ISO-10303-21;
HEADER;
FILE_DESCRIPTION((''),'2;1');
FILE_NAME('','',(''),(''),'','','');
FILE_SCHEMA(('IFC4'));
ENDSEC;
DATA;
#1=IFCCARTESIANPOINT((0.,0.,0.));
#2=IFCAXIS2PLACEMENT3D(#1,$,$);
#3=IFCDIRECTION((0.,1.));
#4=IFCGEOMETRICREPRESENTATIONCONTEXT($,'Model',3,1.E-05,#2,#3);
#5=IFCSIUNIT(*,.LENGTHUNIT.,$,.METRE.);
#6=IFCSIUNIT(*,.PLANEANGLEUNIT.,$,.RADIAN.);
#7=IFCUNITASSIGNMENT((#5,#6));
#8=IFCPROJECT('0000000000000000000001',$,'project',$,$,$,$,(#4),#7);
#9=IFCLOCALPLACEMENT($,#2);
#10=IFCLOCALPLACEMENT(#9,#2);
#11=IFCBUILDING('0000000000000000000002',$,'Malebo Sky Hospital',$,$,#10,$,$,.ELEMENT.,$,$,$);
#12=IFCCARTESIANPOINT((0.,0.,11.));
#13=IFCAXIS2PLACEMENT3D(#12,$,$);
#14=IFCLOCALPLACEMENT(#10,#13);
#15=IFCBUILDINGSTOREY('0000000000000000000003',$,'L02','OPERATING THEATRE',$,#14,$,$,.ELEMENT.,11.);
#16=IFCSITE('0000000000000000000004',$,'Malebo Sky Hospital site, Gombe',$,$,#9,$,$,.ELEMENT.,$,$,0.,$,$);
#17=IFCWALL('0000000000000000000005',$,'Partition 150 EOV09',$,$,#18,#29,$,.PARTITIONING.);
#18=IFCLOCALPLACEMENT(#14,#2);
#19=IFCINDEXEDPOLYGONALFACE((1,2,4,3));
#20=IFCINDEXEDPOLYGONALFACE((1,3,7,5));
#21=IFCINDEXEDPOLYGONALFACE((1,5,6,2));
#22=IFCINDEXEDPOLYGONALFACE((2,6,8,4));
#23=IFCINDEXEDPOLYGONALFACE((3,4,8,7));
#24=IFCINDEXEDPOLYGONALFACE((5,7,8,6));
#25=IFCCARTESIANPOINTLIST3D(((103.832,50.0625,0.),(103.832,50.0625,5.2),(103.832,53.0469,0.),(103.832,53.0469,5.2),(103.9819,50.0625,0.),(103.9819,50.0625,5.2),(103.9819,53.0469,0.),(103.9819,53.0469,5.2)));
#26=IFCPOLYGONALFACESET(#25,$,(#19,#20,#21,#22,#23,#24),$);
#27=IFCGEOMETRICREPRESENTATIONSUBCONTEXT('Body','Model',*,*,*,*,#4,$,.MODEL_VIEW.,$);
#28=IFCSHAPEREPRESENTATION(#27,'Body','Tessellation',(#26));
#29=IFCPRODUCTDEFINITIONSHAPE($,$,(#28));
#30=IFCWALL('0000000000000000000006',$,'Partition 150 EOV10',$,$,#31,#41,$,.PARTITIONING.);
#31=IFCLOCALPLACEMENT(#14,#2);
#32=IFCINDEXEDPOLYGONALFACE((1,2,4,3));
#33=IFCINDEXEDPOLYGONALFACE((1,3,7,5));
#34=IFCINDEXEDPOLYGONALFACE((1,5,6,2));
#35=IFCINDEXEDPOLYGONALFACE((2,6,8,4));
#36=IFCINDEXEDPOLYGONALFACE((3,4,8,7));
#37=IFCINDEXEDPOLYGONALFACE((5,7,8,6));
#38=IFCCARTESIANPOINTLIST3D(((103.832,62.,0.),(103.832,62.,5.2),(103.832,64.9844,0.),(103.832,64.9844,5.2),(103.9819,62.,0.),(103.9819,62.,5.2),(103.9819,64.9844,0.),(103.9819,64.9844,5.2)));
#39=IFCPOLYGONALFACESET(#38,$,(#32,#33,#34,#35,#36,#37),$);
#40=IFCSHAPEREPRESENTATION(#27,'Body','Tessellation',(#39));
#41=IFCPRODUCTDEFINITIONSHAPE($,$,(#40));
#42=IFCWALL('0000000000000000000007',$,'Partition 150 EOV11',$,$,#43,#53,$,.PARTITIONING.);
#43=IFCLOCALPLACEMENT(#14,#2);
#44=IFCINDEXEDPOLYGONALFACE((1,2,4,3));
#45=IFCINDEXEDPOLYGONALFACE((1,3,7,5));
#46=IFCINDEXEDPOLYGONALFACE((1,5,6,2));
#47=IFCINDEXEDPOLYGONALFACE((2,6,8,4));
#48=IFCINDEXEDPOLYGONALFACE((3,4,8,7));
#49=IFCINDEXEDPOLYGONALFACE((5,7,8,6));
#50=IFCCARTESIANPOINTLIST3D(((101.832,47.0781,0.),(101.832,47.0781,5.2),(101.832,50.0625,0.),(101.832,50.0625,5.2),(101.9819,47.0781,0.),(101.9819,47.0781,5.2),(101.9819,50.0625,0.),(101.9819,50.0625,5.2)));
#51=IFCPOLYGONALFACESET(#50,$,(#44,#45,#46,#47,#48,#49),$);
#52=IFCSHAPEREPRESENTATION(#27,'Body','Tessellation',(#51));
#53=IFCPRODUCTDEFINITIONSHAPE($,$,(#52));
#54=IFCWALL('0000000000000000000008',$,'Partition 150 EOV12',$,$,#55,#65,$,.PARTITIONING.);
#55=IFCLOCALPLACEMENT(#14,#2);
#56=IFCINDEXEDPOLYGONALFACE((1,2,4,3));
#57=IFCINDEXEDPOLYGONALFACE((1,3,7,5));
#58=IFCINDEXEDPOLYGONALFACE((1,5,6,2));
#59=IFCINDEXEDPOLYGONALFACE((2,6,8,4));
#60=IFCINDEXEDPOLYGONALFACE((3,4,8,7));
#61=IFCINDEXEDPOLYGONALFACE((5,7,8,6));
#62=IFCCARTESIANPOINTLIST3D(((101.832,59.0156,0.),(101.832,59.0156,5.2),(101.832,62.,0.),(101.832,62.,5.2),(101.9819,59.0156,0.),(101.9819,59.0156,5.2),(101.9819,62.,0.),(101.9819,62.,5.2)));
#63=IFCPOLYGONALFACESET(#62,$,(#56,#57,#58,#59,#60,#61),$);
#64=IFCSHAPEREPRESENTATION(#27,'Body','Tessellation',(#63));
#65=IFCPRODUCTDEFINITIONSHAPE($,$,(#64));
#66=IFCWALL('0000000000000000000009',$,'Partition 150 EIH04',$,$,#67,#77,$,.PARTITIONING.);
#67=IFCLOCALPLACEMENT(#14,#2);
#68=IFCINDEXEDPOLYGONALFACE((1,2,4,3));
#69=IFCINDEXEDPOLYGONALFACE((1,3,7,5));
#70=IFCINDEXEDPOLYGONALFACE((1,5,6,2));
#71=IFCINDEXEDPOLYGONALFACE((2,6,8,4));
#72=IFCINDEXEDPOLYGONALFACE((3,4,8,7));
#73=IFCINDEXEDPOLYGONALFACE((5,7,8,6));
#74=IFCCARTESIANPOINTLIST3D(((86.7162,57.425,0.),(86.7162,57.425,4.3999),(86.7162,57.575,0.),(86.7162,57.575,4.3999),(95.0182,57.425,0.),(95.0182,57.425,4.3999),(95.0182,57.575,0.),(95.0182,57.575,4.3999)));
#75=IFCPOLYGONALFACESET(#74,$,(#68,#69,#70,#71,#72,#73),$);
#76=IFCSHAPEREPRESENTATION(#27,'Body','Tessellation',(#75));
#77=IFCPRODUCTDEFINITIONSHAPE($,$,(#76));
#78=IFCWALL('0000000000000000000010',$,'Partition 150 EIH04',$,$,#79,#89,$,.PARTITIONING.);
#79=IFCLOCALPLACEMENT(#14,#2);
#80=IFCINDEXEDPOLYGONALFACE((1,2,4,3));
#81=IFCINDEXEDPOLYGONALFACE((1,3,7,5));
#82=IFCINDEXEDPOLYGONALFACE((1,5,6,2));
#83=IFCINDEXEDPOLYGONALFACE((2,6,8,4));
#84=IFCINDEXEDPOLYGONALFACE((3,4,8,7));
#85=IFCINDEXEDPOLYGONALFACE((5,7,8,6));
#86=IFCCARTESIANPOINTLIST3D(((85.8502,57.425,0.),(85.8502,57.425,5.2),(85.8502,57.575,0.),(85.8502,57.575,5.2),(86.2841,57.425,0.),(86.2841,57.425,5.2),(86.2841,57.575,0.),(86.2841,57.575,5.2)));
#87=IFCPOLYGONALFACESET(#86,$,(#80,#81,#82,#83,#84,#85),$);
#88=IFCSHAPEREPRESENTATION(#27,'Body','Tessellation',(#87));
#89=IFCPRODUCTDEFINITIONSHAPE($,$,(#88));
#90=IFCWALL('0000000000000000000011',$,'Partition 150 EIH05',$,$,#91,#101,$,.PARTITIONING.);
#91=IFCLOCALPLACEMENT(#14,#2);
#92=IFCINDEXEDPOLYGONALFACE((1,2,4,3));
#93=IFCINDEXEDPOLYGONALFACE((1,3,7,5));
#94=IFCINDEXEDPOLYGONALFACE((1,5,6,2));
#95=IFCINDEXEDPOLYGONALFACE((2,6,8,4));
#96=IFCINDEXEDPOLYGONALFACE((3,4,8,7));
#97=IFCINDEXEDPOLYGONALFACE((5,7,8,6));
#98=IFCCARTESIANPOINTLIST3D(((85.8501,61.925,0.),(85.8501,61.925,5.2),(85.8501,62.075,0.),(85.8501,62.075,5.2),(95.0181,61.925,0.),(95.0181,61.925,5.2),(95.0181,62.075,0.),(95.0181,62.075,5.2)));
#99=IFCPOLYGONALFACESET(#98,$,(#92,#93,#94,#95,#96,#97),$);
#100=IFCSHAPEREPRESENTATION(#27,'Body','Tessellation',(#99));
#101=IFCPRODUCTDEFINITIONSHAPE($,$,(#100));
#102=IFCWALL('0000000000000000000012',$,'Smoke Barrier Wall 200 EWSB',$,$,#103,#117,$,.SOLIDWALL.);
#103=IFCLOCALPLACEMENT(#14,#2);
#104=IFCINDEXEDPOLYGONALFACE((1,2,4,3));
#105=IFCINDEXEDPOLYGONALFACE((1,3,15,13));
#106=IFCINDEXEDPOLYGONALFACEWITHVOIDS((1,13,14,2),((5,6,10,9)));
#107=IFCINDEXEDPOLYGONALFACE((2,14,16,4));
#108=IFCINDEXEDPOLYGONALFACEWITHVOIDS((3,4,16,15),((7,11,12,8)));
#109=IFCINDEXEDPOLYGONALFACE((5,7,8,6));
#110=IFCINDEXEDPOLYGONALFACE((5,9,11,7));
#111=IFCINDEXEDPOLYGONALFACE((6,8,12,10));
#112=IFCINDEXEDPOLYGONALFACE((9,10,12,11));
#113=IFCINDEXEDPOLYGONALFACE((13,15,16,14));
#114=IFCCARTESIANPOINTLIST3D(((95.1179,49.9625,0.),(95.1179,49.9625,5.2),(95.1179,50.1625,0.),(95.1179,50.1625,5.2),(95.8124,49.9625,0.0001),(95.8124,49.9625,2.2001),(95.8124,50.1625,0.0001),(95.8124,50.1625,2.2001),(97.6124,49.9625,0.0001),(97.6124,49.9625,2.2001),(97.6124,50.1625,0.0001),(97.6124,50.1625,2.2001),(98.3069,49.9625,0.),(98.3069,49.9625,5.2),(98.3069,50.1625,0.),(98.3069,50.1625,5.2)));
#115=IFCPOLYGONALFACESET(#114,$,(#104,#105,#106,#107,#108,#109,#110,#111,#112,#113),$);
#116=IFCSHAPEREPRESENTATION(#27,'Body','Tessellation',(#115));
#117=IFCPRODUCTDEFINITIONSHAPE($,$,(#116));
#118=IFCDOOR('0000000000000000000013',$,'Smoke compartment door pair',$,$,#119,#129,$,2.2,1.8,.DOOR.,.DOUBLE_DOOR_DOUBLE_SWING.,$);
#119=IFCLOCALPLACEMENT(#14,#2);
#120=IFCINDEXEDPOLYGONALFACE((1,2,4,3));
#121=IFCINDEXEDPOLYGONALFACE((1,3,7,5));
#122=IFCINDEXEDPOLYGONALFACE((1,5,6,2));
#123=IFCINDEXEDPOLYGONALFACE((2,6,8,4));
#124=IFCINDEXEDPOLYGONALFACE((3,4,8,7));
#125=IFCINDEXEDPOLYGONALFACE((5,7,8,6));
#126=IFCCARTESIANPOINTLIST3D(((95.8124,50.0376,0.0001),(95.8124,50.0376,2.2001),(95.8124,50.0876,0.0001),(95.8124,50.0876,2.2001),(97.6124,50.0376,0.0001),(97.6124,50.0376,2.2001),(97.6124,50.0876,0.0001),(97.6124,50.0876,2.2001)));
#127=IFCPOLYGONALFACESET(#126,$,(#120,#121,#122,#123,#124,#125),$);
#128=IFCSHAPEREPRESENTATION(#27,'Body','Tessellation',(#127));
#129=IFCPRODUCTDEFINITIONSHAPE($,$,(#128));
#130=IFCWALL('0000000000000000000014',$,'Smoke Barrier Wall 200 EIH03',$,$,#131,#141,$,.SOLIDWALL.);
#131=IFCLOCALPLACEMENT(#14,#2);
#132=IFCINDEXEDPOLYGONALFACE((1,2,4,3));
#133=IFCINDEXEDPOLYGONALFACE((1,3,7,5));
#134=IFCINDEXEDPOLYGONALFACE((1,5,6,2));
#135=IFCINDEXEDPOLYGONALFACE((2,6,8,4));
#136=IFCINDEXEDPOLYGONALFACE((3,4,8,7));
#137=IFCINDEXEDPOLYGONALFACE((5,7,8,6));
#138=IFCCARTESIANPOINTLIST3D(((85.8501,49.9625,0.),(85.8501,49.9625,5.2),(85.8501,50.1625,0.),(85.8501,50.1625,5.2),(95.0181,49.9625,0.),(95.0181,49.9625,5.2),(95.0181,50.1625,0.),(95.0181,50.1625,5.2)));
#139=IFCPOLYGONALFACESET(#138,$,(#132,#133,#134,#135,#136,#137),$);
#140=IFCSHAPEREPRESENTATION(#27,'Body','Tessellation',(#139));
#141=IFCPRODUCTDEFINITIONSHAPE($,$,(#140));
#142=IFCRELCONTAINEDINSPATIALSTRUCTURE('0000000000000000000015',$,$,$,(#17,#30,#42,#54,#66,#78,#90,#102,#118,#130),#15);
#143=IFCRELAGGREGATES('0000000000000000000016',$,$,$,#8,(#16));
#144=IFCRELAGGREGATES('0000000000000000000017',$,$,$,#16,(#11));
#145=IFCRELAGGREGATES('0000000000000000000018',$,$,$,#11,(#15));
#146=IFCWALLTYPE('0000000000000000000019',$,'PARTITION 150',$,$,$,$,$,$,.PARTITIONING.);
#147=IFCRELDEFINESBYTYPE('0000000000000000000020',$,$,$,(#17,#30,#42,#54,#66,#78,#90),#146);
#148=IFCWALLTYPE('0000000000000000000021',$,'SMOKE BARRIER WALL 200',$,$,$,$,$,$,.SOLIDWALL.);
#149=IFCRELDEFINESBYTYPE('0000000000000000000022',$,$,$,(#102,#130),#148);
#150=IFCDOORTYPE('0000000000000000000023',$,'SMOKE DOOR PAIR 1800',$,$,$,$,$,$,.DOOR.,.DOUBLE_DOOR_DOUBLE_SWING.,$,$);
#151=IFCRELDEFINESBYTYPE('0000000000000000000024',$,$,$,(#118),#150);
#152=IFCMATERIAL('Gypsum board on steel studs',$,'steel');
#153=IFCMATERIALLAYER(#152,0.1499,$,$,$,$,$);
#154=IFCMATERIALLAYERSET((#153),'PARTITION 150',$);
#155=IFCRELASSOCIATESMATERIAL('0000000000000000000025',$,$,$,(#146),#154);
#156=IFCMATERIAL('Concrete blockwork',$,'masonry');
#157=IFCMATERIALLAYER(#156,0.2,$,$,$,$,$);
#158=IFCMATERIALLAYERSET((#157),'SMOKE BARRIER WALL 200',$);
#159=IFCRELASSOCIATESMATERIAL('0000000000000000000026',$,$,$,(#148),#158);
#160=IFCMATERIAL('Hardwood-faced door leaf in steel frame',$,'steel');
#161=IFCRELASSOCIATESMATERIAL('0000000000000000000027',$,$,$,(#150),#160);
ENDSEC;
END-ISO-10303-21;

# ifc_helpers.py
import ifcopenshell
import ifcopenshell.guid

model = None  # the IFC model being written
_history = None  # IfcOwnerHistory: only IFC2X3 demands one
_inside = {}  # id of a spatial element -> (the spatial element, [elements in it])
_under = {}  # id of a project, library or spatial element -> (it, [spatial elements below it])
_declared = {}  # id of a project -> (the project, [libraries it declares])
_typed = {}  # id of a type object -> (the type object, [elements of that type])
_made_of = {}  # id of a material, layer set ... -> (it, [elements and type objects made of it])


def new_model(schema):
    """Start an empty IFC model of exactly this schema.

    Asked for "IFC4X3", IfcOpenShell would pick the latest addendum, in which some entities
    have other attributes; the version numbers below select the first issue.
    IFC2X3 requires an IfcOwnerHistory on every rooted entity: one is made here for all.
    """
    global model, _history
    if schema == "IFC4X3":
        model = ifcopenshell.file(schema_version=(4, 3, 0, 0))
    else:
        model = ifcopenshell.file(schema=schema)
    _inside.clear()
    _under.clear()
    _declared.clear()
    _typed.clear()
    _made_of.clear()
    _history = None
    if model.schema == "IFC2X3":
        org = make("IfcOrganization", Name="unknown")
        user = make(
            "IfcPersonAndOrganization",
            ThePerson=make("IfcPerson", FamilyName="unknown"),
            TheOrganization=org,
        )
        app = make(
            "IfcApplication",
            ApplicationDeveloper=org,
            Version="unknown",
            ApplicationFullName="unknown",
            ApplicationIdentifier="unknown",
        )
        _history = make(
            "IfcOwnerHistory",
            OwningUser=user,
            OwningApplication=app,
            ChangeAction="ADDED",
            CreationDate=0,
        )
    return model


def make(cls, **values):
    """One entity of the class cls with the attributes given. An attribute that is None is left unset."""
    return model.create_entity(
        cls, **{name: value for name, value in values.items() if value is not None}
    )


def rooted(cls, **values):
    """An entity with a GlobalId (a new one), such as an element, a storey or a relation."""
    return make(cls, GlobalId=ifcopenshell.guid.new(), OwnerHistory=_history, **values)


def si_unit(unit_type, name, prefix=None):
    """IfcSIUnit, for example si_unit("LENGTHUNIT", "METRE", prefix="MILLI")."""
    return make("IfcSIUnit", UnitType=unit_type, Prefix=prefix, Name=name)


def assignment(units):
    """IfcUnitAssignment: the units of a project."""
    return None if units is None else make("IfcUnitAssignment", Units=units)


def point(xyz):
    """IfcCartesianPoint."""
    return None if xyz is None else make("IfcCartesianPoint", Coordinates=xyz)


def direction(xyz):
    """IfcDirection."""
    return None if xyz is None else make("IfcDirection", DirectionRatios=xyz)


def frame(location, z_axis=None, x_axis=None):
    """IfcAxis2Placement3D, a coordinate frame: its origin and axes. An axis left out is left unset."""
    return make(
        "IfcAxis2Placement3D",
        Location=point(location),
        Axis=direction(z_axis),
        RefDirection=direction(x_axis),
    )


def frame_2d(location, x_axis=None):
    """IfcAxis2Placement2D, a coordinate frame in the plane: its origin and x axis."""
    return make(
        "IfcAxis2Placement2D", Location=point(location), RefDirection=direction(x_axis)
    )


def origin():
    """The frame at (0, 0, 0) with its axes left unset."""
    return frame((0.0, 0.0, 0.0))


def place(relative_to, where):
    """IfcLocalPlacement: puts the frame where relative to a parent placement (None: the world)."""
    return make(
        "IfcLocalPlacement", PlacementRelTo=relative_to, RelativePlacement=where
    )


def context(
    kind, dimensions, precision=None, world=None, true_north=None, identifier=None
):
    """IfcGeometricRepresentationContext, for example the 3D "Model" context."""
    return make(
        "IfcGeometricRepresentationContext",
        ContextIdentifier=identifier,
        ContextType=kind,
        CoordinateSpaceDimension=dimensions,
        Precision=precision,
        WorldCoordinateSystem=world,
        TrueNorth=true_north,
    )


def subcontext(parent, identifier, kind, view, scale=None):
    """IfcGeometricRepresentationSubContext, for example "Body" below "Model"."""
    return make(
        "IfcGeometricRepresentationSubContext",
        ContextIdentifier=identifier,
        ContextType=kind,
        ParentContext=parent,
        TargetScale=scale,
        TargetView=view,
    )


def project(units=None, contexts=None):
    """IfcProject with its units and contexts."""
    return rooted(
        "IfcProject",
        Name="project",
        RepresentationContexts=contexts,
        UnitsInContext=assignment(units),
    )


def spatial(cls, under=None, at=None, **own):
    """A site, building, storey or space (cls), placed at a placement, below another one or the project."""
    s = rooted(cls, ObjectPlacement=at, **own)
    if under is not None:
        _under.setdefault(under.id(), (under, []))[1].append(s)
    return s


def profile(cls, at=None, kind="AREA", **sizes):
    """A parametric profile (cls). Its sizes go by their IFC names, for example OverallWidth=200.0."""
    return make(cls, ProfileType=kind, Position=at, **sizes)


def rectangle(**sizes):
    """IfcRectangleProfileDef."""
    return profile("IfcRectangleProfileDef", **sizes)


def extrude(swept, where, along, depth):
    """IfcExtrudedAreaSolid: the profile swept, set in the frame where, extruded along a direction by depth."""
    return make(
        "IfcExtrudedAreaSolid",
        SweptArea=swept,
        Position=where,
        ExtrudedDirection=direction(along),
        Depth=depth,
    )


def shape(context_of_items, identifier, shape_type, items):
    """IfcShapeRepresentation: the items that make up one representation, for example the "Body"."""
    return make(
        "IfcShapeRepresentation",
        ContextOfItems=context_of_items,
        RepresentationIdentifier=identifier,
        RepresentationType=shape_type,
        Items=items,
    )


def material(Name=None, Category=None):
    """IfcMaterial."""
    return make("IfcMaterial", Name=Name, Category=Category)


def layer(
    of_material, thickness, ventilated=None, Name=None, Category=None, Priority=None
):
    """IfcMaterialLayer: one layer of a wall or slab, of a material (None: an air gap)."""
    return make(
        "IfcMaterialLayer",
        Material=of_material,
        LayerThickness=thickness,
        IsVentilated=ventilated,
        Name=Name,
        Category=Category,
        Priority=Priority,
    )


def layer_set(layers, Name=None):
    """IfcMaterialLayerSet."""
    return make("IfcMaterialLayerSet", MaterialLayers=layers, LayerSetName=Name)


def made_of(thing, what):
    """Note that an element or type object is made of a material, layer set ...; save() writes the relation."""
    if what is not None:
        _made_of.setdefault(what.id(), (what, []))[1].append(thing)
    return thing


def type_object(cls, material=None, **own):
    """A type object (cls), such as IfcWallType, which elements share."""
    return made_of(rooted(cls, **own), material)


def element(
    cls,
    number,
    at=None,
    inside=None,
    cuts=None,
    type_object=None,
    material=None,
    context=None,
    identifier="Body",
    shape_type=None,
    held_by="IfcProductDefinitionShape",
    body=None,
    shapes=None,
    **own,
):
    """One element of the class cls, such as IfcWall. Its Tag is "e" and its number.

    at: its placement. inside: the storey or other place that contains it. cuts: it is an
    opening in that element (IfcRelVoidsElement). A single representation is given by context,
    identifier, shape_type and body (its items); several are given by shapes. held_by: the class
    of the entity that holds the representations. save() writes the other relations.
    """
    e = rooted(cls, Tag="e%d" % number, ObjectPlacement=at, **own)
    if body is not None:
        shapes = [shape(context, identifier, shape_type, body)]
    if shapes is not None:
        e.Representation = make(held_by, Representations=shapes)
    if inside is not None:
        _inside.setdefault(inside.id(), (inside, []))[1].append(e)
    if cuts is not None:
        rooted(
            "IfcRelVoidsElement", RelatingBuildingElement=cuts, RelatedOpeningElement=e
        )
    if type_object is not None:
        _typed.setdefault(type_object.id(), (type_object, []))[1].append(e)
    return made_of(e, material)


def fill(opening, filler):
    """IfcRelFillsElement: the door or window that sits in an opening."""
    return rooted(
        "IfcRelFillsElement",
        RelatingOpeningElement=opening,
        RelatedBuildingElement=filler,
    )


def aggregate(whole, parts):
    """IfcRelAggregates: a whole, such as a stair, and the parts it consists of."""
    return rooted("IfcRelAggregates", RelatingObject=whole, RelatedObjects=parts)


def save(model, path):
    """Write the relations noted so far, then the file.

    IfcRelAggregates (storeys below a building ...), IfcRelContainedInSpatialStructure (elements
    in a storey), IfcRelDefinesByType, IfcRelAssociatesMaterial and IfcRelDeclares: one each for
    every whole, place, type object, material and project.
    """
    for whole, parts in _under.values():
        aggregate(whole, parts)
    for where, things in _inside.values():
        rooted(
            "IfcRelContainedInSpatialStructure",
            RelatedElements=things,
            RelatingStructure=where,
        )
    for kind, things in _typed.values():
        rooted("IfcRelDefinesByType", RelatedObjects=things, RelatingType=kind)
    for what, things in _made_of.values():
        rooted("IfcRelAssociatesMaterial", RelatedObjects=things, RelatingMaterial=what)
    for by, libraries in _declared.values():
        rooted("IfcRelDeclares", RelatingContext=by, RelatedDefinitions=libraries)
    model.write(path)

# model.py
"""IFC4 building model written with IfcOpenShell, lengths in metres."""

from ifc_helpers import new_model, si_unit, direction, frame, frame_2d, origin, place, context, subcontext, project, spatial, rectangle, extrude, material, layer, layer_set, type_object, element, fill, save


model = new_model("IFC4")

# Units and contexts
model_context = context("Model", 3, precision=1e-05, world=origin(), true_north=direction((0.0, 1.0)))
body_context = subcontext(model_context, "Body", "Model", "MODEL_VIEW")
ifc_project = project(units=[si_unit("LENGTHUNIT", "METRE"), si_unit("PLANEANGLEUNIT", "RADIAN")], contexts=[model_context])

# Site, building, storey
site_placement = place(None, origin())
site = spatial("IfcSite", under=ifc_project, at=site_placement, Name="Malebo Sky Hospital site, Gombe", CompositionType="ELEMENT", RefElevation=0.0)
building_placement = place(site_placement, origin())
building = spatial("IfcBuilding", under=site, at=building_placement, Name="Malebo Sky Hospital", CompositionType="ELEMENT")
storey_placement = place(building_placement, frame((0.0, 0.0, 11.0)))
storey = spatial("IfcBuildingStorey", under=building, at=storey_placement, Name="L02", Description="OPERATING THEATRE", CompositionType="ELEMENT", Elevation=11.0)

# Shared definitions
ifc_material_1 = material(Name="Gypsum board on steel studs", Category="steel")
ifc_material_2 = material(Name="Hardwood-faced door leaf in steel frame", Category="steel")

# Walls
ifc_layer_1 = layer(ifc_material_1, 0.1499)
ifc_layer_set_1 = layer_set([ifc_layer_1], Name="PARTITION 150")
wall_type_1 = type_object("IfcWallType", Name="PARTITION 150", PredefinedType="PARTITIONING", material=ifc_layer_set_1)
for number, where, z_axis, x_axis, name in (
    (1, (103.907, 50.0625, 0.0), (0.0, 0.0, 1.0), (0.0, 1.0, 0.0), "Partition 150 EOV09"),
    (2, (103.907, 62.0, 0.0), (0.0, 0.0, 1.0), (0.0, 1.0, 0.0), "Partition 150 EOV10"),
    (3, (101.907, 47.0781, 0.0), (0.0, 0.0, 1.0), (0.0, 1.0, 0.0), "Partition 150 EOV11"),
    (4, (101.907, 59.0156, 0.0), (0.0, 0.0, 1.0), (0.0, 1.0, 0.0), "Partition 150 EOV12"),
):
    element("IfcWall", number, at=place(storey_placement, frame(where, z_axis=z_axis, x_axis=x_axis)), inside=storey, type_object=wall_type_1, Name=name, PredefinedType="PARTITIONING", context=body_context, shape_type="SweptSolid", body=[
        extrude(rectangle(XDim=2.9844, YDim=0.1499, at=frame_2d((1.4922, 0.0))), origin(), (0.0, 0.0, 1.0), 5.2),
    ])
wall_1_placement = place(storey_placement, frame((95.0181, 57.5, 0.0), z_axis=(0.0, 0.0, 1.0), x_axis=(-1.0, 0.0, 0.0)))
element("IfcWall", 5, at=wall_1_placement, inside=storey, type_object=wall_type_1, Name="Partition 150 EIH04", PredefinedType="PARTITIONING", context=body_context, shape_type="SweptSolid", body=[
    extrude(rectangle(XDim=8.302, YDim=0.1499, at=frame_2d((4.1509, 0.0))), origin(), (0.0, 0.0, 1.0), 4.3999),
])
wall_2_placement = place(storey_placement, frame((86.2839, 57.5, 0.0), z_axis=(0.0, 0.0, 1.0), x_axis=(-1.0, 0.0, 0.0)))
element("IfcWall", 6, at=wall_2_placement, inside=storey, type_object=wall_type_1, Name="Partition 150 EIH04", PredefinedType="PARTITIONING", context=body_context, shape_type="SweptSolid", body=[
    extrude(rectangle(XDim=0.4338, YDim=0.1499, at=frame_2d((0.2168, 0.0))), origin(), (0.0, 0.0, 1.0), 5.2),
])
wall_3_placement = place(storey_placement, frame((95.0181, 62.0, 0.0), z_axis=(0.0, 0.0, 1.0), x_axis=(-1.0, 0.0, 0.0)))
element("IfcWall", 7, at=wall_3_placement, inside=storey, type_object=wall_type_1, Name="Partition 150 EIH05", PredefinedType="PARTITIONING", context=body_context, shape_type="SweptSolid", body=[
    extrude(rectangle(XDim=9.168, YDim=0.1499, at=frame_2d((4.584, 0.0))), origin(), (0.0, 0.0, 1.0), 5.2),
])

# Wall, opening, door
ifc_material_3 = material(Name="Concrete blockwork", Category="masonry")
ifc_layer_2 = layer(ifc_material_3, 0.2)
ifc_layer_set_2 = layer_set([ifc_layer_2], Name="SMOKE BARRIER WALL 200")
wall_type_2 = type_object("IfcWallType", Name="SMOKE BARRIER WALL 200", PredefinedType="SOLIDWALL", material=ifc_layer_set_2)
wall_4_placement = place(storey_placement, frame((98.3069, 50.0625, 0.0), z_axis=(0.0, 0.0, 1.0), x_axis=(-1.0, 0.0, 0.0)))
wall_4 = element("IfcWall", 8, at=wall_4_placement, inside=storey, type_object=wall_type_2, Name="Smoke Barrier Wall 200 EWSB", PredefinedType="SOLIDWALL", context=body_context, shape_type="SweptSolid", body=[
    extrude(rectangle(XDim=3.189, YDim=0.2, at=frame_2d((1.5945, 0.0))), origin(), (0.0, 0.0, 1.0), 5.2),
])
opening_1_placement = place(wall_4_placement, frame((0.6946, 0.0, 0.0)))
opening_1 = element("IfcOpeningElement", 9, at=opening_1_placement, cuts=wall_4, PredefinedType="OPENING", context=body_context, shape_type="SweptSolid", body=[
    extrude(rectangle(XDim=1.8, YDim=2.2, at=frame_2d((0.8999, 1.1001))), frame((0.0, 0.1099, 0.0), z_axis=(0.0, -1.0, 0.0), x_axis=(1.0, 0.0, 0.0)), (0.0, 0.0, 1.0), 0.22),
])
door_type_1 = type_object("IfcDoorType", Name="SMOKE DOOR PAIR 1800", OperationType="DOUBLE_DOOR_DOUBLE_SWING", PredefinedType="DOOR", material=ifc_material_2)
door_1_placement = place(opening_1_placement, origin())
door_1 = element("IfcDoor", 10, at=door_1_placement, inside=storey, type_object=door_type_1, Name="Smoke compartment door pair", OperationType="DOUBLE_DOOR_DOUBLE_SWING", OverallHeight=2.2, OverallWidth=1.8, PredefinedType="DOOR", context=body_context, shape_type="SweptSolid", body=[
    extrude(rectangle(XDim=1.8, YDim=2.2, at=frame_2d((0.8999, 1.1001))), frame((0.0, 0.0249, 0.0), z_axis=(0.0, -1.0, 0.0), x_axis=(1.0, 0.0, 0.0)), (0.0, 0.0, 1.0), 0.05),
])
fill(opening_1, door_1)

# Wall
wall_5_placement = place(storey_placement, frame((95.0181, 50.0625, 0.0), z_axis=(0.0, 0.0, 1.0), x_axis=(-1.0, 0.0, 0.0)))
element("IfcWall", 11, at=wall_5_placement, inside=storey, type_object=wall_type_2, Name="Smoke Barrier Wall 200 EIH03", PredefinedType="SOLIDWALL", context=body_context, shape_type="SweptSolid", body=[
    extrude(rectangle(XDim=9.168, YDim=0.2, at=frame_2d((4.584, 0.0))), origin(), (0.0, 0.0, 1.0), 5.2),
])

save(model, "model.ifc")
